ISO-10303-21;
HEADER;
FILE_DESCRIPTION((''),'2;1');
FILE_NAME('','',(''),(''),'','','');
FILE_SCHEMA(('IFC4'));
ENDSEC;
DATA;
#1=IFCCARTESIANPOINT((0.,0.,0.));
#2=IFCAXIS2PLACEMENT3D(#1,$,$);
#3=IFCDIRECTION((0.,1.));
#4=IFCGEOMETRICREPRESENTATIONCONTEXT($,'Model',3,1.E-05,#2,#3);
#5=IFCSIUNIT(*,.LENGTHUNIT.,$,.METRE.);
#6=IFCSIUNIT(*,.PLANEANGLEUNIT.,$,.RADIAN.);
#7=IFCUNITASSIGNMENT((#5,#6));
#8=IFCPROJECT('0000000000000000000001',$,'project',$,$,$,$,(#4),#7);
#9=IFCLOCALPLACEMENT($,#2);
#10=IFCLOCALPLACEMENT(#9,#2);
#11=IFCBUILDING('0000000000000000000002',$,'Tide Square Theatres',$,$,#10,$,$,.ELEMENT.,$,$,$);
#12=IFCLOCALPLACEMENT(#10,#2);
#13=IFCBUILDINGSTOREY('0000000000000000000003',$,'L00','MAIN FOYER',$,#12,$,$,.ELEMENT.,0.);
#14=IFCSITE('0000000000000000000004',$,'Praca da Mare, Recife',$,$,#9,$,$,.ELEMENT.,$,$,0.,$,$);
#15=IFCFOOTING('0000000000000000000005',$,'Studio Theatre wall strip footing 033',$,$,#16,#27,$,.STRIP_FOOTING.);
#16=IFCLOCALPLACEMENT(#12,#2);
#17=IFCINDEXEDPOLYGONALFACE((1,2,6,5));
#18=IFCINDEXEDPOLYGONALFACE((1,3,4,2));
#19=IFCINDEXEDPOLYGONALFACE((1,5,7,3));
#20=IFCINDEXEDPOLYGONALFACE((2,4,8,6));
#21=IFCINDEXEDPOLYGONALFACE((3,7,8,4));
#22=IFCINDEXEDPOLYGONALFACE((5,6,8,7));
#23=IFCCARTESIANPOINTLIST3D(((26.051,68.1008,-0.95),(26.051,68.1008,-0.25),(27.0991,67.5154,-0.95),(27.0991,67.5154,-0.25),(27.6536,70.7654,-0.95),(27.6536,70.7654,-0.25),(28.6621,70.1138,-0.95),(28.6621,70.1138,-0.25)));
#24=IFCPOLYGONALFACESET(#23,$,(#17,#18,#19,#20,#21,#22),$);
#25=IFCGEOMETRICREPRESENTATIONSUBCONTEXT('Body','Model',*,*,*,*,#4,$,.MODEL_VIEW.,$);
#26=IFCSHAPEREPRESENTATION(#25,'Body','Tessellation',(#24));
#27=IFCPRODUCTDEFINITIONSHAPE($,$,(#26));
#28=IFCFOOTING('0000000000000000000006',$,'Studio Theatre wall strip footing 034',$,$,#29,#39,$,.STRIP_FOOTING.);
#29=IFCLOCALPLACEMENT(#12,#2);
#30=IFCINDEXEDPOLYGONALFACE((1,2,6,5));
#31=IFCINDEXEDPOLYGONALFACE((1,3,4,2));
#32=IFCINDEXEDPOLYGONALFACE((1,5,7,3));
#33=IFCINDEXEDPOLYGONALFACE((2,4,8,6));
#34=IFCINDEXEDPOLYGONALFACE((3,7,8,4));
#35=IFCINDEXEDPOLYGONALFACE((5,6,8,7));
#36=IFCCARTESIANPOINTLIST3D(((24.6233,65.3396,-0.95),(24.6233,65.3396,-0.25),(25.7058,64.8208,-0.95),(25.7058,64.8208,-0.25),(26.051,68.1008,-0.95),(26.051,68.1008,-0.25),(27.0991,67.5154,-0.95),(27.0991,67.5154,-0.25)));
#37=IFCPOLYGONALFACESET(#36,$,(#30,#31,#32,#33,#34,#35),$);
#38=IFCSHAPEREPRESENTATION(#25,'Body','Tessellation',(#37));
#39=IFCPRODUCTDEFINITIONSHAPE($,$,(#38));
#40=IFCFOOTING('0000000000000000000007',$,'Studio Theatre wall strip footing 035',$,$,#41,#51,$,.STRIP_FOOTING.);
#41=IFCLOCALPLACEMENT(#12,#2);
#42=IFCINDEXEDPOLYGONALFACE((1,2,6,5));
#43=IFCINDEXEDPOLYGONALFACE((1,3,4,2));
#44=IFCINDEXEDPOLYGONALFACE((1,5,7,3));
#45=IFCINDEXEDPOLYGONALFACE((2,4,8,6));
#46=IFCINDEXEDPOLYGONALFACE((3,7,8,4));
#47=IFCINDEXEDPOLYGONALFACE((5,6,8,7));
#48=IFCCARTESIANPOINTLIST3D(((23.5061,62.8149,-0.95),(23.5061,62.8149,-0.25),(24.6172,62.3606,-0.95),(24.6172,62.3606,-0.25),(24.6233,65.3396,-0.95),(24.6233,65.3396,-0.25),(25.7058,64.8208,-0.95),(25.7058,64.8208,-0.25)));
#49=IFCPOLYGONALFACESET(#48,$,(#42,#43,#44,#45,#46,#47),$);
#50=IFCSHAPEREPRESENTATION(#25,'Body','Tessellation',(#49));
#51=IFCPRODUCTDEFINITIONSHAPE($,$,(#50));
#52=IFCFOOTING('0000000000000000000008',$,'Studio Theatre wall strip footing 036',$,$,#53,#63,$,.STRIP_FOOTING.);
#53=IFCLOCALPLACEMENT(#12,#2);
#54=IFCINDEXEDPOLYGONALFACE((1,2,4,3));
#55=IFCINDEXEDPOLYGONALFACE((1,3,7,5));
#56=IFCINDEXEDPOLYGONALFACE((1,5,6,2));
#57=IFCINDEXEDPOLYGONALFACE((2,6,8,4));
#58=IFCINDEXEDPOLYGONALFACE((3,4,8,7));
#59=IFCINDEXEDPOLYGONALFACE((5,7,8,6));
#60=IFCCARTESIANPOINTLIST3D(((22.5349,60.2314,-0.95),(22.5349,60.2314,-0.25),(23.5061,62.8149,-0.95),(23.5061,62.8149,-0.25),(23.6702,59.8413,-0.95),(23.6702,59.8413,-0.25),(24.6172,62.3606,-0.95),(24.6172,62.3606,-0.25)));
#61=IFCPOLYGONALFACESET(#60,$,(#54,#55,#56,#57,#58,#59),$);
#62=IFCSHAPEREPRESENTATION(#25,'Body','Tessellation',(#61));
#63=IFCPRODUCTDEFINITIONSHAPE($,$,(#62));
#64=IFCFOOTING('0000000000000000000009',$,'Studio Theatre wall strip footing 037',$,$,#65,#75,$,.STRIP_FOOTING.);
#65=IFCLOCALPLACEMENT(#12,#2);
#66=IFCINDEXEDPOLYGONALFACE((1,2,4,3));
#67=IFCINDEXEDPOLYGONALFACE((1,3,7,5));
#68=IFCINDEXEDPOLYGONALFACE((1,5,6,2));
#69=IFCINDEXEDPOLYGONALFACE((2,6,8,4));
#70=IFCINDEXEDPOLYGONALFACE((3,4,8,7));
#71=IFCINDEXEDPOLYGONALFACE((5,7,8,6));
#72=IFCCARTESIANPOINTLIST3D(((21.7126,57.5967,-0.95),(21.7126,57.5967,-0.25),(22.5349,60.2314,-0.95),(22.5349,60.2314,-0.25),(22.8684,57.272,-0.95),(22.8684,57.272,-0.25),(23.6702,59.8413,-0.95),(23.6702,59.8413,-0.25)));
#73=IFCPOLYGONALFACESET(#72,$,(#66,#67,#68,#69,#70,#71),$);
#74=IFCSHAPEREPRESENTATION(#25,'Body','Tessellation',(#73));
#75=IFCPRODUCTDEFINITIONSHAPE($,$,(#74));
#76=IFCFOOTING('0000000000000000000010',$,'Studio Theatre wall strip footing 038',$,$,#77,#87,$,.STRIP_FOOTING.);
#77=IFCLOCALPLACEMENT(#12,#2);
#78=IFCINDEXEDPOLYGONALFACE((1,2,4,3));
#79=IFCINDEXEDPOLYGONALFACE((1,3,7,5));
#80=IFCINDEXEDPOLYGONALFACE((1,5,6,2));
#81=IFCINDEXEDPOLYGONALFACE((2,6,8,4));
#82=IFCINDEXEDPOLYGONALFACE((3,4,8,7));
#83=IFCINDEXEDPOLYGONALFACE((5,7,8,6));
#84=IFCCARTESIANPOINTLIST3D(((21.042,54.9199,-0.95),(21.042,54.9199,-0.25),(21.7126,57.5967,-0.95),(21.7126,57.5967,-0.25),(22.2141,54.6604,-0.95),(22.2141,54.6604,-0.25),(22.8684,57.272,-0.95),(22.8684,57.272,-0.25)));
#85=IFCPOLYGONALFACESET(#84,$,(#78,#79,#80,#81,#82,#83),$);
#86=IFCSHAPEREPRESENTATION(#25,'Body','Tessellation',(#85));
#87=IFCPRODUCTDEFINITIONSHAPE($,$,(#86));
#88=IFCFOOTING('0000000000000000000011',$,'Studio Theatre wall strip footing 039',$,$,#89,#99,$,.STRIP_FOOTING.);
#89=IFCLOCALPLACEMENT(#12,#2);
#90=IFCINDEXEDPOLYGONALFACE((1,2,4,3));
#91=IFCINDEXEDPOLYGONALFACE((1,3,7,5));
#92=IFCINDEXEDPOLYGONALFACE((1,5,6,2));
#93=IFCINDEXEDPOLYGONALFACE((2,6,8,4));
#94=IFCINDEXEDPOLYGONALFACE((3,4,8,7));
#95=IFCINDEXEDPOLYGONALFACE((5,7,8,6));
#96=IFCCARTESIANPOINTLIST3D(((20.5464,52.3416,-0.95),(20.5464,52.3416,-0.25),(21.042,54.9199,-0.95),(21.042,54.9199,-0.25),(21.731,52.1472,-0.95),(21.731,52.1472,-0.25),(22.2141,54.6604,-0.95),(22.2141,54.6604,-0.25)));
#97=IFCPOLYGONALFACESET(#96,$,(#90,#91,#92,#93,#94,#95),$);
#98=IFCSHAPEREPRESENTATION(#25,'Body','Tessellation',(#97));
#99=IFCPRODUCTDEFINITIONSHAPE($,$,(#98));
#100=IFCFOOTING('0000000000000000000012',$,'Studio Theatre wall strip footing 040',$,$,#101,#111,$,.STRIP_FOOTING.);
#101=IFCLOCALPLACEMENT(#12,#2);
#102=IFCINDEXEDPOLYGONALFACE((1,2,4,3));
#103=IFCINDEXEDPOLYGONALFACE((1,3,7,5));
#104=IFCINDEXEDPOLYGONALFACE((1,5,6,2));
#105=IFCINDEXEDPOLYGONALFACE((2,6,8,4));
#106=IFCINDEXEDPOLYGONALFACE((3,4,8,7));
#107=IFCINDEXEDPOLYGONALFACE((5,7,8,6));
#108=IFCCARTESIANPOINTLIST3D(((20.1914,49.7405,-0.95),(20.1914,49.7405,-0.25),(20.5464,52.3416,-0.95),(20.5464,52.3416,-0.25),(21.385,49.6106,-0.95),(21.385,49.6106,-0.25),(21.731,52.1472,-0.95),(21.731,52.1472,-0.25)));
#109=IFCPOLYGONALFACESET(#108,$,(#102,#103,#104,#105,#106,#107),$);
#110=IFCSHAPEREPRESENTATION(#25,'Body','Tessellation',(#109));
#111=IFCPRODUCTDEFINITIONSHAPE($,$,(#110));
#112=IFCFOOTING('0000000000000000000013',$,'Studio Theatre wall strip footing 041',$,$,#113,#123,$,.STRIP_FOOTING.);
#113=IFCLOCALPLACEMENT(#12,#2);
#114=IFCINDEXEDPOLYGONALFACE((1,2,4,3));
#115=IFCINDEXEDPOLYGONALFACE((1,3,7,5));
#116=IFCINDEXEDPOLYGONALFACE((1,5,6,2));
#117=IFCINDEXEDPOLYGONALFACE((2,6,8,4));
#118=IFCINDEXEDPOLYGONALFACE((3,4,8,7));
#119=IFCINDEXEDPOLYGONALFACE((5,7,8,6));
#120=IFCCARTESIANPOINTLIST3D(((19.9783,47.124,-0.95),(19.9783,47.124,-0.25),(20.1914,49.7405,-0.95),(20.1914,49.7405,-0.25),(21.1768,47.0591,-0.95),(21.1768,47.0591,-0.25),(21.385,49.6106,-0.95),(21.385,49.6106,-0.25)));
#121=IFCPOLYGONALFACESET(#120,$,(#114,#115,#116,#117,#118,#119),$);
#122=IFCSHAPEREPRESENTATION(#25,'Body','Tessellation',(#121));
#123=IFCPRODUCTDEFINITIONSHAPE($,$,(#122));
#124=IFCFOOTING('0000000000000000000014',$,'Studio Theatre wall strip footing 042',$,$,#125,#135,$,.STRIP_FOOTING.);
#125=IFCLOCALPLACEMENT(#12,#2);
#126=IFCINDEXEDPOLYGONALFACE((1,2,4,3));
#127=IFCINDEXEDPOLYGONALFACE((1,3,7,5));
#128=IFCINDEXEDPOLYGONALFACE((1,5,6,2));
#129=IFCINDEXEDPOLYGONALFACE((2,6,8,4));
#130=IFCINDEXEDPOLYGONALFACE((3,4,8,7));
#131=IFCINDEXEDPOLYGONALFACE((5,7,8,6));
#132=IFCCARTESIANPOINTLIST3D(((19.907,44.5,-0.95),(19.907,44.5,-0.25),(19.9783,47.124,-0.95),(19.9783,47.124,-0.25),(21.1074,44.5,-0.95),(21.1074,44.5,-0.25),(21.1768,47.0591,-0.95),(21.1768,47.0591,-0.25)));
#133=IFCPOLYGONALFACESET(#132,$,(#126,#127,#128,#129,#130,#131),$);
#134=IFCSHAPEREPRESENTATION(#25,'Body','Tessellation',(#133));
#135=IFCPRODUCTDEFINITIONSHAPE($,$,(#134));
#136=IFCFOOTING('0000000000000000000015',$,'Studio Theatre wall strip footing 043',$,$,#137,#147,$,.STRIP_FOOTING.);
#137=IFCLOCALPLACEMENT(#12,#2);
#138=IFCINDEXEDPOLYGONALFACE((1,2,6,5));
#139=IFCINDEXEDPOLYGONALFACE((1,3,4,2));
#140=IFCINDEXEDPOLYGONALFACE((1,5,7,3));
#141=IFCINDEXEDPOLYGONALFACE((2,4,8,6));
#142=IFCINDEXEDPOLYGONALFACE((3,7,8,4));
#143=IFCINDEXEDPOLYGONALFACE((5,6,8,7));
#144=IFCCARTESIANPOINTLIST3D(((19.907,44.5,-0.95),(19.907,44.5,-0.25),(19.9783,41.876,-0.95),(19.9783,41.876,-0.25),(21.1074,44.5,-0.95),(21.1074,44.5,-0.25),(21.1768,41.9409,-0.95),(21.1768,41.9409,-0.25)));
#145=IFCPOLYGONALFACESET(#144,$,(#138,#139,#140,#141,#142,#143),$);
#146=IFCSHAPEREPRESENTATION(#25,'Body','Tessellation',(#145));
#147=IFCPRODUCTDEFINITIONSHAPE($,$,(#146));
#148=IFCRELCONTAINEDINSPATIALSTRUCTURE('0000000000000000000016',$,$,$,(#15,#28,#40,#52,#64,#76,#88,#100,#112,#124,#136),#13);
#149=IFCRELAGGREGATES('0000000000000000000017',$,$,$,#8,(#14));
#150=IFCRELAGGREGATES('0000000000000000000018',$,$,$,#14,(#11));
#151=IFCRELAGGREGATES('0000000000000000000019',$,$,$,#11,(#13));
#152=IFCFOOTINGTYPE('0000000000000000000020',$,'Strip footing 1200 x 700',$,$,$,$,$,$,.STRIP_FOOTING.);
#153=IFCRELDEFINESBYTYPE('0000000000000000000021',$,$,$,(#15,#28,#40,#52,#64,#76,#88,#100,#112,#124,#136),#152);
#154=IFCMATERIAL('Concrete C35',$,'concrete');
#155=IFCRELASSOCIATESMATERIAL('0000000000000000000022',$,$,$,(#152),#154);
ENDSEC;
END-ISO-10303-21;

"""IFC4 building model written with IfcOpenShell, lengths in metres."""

from ifc_helpers import new_model, si_unit, direction, frame, origin, place, context, subcontext, project, spatial, polyline, outline, extrude, material, type_object, element, save


model = new_model("IFC4")

# Units and contexts
model_context = context("Model", 3, precision=1e-05, world=origin(), true_north=direction((0.0, 1.0)))
body_context = subcontext(model_context, "Body", "Model", "MODEL_VIEW")
ifc_project = project(units=[si_unit("LENGTHUNIT", "METRE"), si_unit("PLANEANGLEUNIT", "RADIAN")], contexts=[model_context])

# Site, building, storey
site_placement = place(None, origin())
site = spatial("IfcSite", under=ifc_project, at=site_placement, Name="Praca da Mare, Recife", CompositionType="ELEMENT", RefElevation=0.0)
building_placement = place(site_placement, origin())
building = spatial("IfcBuilding", under=site, at=building_placement, Name="Tide Square Theatres", CompositionType="ELEMENT")
storey_placement = place(building_placement, origin())
storey = spatial("IfcBuildingStorey", under=building, at=storey_placement, Name="L00", Description="MAIN FOYER", CompositionType="ELEMENT", Elevation=0.0)

# Footings
ifc_material = material(Name="Concrete C35", Category="concrete")
footing_type = type_object("IfcFootingType", Name="Strip footing 1200 x 700", PredefinedType="STRIP_FOOTING", material=ifc_material)
footing_1_placement = place(storey_placement, frame((0.0, 0.0, -0.95)))
element("IfcFooting", 1, at=footing_1_placement, inside=storey, type_object=footing_type, Name="Studio Theatre wall strip footing 033", PredefinedType="STRIP_FOOTING", context=body_context, shape_type="SweptSolid", body=[
    extrude(outline(polyline([(27.6536, 70.7654), (26.051, 68.1008), (27.0991, 67.5154), (28.6621, 70.1138), (27.6536, 70.7654)])), origin(), (0.0, 0.0, 1.0), 0.7),
])
footing_2_placement = place(storey_placement, frame((0.0, 0.0, -0.95)))
element("IfcFooting", 2, at=footing_2_placement, inside=storey, type_object=footing_type, Name="Studio Theatre wall strip footing 034", PredefinedType="STRIP_FOOTING", context=body_context, shape_type="SweptSolid", body=[
    extrude(outline(polyline([(26.051, 68.1008), (24.6233, 65.3396), (25.7058, 64.8208), (27.0991, 67.5154), (26.051, 68.1008)])), origin(), (0.0, 0.0, 1.0), 0.7),
])
footing_3_placement = place(storey_placement, frame((0.0, 0.0, -0.95)))
element("IfcFooting", 3, at=footing_3_placement, inside=storey, type_object=footing_type, Name="Studio Theatre wall strip footing 035", PredefinedType="STRIP_FOOTING", context=body_context, shape_type="SweptSolid", body=[
    extrude(outline(polyline([(24.6233, 65.3396), (23.5061, 62.8149), (24.6172, 62.3606), (25.7058, 64.8208), (24.6233, 65.3396)])), origin(), (0.0, 0.0, 1.0), 0.7),
])
footing_4_placement = place(storey_placement, frame((0.0, 0.0, -0.95)))
element("IfcFooting", 4, at=footing_4_placement, inside=storey, type_object=footing_type, Name="Studio Theatre wall strip footing 036", PredefinedType="STRIP_FOOTING", context=body_context, shape_type="SweptSolid", body=[
    extrude(outline(polyline([(23.5061, 62.8149), (22.5349, 60.2314), (23.6702, 59.8413), (24.6172, 62.3606), (23.5061, 62.8149)])), origin(), (0.0, 0.0, 1.0), 0.7),
])
footing_5_placement = place(storey_placement, frame((0.0, 0.0, -0.95)))
element("IfcFooting", 5, at=footing_5_placement, inside=storey, type_object=footing_type, Name="Studio Theatre wall strip footing 037", PredefinedType="STRIP_FOOTING", context=body_context, shape_type="SweptSolid", body=[
    extrude(outline(polyline([(22.5349, 60.2314), (21.7126, 57.5967), (22.8684, 57.272), (23.6702, 59.8413), (22.5349, 60.2314)])), origin(), (0.0, 0.0, 1.0), 0.7),
])
footing_6_placement = place(storey_placement, frame((0.0, 0.0, -0.95)))
element("IfcFooting", 6, at=footing_6_placement, inside=storey, type_object=footing_type, Name="Studio Theatre wall strip footing 038", PredefinedType="STRIP_FOOTING", context=body_context, shape_type="SweptSolid", body=[
    extrude(outline(polyline([(21.7126, 57.5967), (21.042, 54.9199), (22.2141, 54.6604), (22.8684, 57.272), (21.7126, 57.5967)])), origin(), (0.0, 0.0, 1.0), 0.7),
])
footing_7_placement = place(storey_placement, frame((0.0, 0.0, -0.95)))
element("IfcFooting", 7, at=footing_7_placement, inside=storey, type_object=footing_type, Name="Studio Theatre wall strip footing 039", PredefinedType="STRIP_FOOTING", context=body_context, shape_type="SweptSolid", body=[
    extrude(outline(polyline([(21.042, 54.9199), (20.5464, 52.3416), (21.731, 52.1472), (22.2141, 54.6604), (21.042, 54.9199)])), origin(), (0.0, 0.0, 1.0), 0.7),
])
footing_8_placement = place(storey_placement, frame((0.0, 0.0, -0.95)))
element("IfcFooting", 8, at=footing_8_placement, inside=storey, type_object=footing_type, Name="Studio Theatre wall strip footing 040", PredefinedType="STRIP_FOOTING", context=body_context, shape_type="SweptSolid", body=[
    extrude(outline(polyline([(20.5464, 52.3416), (20.1914, 49.7405), (21.385, 49.6106), (21.731, 52.1472), (20.5464, 52.3416)])), origin(), (0.0, 0.0, 1.0), 0.7),
])
footing_9_placement = place(storey_placement, frame((0.0, 0.0, -0.95)))
element("IfcFooting", 9, at=footing_9_placement, inside=storey, type_object=footing_type, Name="Studio Theatre wall strip footing 041", PredefinedType="STRIP_FOOTING", context=body_context, shape_type="SweptSolid", body=[
    extrude(outline(polyline([(20.1914, 49.7405), (19.9783, 47.124), (21.1768, 47.0591), (21.385, 49.6106), (20.1914, 49.7405)])), origin(), (0.0, 0.0, 1.0), 0.7),
])
footing_10_placement = place(storey_placement, frame((0.0, 0.0, -0.95)))
element("IfcFooting", 10, at=footing_10_placement, inside=storey, type_object=footing_type, Name="Studio Theatre wall strip footing 042", PredefinedType="STRIP_FOOTING", context=body_context, shape_type="SweptSolid", body=[
    extrude(outline(polyline([(19.9783, 47.124), (19.907, 44.5), (21.1074, 44.5), (21.1768, 47.0591), (19.9783, 47.124)])), origin(), (0.0, 0.0, 1.0), 0.7),
])
footing_11_placement = place(storey_placement, frame((0.0, 0.0, -0.95)))
element("IfcFooting", 11, at=footing_11_placement, inside=storey, type_object=footing_type, Name="Studio Theatre wall strip footing 043", PredefinedType="STRIP_FOOTING", context=body_context, shape_type="SweptSolid", body=[
    extrude(outline(polyline([(19.907, 44.5), (19.9783, 41.876), (21.1768, 41.9409), (21.1074, 44.5), (19.907, 44.5)])), origin(), (0.0, 0.0, 1.0), 0.7),
])

save(model, "model.ifc")
